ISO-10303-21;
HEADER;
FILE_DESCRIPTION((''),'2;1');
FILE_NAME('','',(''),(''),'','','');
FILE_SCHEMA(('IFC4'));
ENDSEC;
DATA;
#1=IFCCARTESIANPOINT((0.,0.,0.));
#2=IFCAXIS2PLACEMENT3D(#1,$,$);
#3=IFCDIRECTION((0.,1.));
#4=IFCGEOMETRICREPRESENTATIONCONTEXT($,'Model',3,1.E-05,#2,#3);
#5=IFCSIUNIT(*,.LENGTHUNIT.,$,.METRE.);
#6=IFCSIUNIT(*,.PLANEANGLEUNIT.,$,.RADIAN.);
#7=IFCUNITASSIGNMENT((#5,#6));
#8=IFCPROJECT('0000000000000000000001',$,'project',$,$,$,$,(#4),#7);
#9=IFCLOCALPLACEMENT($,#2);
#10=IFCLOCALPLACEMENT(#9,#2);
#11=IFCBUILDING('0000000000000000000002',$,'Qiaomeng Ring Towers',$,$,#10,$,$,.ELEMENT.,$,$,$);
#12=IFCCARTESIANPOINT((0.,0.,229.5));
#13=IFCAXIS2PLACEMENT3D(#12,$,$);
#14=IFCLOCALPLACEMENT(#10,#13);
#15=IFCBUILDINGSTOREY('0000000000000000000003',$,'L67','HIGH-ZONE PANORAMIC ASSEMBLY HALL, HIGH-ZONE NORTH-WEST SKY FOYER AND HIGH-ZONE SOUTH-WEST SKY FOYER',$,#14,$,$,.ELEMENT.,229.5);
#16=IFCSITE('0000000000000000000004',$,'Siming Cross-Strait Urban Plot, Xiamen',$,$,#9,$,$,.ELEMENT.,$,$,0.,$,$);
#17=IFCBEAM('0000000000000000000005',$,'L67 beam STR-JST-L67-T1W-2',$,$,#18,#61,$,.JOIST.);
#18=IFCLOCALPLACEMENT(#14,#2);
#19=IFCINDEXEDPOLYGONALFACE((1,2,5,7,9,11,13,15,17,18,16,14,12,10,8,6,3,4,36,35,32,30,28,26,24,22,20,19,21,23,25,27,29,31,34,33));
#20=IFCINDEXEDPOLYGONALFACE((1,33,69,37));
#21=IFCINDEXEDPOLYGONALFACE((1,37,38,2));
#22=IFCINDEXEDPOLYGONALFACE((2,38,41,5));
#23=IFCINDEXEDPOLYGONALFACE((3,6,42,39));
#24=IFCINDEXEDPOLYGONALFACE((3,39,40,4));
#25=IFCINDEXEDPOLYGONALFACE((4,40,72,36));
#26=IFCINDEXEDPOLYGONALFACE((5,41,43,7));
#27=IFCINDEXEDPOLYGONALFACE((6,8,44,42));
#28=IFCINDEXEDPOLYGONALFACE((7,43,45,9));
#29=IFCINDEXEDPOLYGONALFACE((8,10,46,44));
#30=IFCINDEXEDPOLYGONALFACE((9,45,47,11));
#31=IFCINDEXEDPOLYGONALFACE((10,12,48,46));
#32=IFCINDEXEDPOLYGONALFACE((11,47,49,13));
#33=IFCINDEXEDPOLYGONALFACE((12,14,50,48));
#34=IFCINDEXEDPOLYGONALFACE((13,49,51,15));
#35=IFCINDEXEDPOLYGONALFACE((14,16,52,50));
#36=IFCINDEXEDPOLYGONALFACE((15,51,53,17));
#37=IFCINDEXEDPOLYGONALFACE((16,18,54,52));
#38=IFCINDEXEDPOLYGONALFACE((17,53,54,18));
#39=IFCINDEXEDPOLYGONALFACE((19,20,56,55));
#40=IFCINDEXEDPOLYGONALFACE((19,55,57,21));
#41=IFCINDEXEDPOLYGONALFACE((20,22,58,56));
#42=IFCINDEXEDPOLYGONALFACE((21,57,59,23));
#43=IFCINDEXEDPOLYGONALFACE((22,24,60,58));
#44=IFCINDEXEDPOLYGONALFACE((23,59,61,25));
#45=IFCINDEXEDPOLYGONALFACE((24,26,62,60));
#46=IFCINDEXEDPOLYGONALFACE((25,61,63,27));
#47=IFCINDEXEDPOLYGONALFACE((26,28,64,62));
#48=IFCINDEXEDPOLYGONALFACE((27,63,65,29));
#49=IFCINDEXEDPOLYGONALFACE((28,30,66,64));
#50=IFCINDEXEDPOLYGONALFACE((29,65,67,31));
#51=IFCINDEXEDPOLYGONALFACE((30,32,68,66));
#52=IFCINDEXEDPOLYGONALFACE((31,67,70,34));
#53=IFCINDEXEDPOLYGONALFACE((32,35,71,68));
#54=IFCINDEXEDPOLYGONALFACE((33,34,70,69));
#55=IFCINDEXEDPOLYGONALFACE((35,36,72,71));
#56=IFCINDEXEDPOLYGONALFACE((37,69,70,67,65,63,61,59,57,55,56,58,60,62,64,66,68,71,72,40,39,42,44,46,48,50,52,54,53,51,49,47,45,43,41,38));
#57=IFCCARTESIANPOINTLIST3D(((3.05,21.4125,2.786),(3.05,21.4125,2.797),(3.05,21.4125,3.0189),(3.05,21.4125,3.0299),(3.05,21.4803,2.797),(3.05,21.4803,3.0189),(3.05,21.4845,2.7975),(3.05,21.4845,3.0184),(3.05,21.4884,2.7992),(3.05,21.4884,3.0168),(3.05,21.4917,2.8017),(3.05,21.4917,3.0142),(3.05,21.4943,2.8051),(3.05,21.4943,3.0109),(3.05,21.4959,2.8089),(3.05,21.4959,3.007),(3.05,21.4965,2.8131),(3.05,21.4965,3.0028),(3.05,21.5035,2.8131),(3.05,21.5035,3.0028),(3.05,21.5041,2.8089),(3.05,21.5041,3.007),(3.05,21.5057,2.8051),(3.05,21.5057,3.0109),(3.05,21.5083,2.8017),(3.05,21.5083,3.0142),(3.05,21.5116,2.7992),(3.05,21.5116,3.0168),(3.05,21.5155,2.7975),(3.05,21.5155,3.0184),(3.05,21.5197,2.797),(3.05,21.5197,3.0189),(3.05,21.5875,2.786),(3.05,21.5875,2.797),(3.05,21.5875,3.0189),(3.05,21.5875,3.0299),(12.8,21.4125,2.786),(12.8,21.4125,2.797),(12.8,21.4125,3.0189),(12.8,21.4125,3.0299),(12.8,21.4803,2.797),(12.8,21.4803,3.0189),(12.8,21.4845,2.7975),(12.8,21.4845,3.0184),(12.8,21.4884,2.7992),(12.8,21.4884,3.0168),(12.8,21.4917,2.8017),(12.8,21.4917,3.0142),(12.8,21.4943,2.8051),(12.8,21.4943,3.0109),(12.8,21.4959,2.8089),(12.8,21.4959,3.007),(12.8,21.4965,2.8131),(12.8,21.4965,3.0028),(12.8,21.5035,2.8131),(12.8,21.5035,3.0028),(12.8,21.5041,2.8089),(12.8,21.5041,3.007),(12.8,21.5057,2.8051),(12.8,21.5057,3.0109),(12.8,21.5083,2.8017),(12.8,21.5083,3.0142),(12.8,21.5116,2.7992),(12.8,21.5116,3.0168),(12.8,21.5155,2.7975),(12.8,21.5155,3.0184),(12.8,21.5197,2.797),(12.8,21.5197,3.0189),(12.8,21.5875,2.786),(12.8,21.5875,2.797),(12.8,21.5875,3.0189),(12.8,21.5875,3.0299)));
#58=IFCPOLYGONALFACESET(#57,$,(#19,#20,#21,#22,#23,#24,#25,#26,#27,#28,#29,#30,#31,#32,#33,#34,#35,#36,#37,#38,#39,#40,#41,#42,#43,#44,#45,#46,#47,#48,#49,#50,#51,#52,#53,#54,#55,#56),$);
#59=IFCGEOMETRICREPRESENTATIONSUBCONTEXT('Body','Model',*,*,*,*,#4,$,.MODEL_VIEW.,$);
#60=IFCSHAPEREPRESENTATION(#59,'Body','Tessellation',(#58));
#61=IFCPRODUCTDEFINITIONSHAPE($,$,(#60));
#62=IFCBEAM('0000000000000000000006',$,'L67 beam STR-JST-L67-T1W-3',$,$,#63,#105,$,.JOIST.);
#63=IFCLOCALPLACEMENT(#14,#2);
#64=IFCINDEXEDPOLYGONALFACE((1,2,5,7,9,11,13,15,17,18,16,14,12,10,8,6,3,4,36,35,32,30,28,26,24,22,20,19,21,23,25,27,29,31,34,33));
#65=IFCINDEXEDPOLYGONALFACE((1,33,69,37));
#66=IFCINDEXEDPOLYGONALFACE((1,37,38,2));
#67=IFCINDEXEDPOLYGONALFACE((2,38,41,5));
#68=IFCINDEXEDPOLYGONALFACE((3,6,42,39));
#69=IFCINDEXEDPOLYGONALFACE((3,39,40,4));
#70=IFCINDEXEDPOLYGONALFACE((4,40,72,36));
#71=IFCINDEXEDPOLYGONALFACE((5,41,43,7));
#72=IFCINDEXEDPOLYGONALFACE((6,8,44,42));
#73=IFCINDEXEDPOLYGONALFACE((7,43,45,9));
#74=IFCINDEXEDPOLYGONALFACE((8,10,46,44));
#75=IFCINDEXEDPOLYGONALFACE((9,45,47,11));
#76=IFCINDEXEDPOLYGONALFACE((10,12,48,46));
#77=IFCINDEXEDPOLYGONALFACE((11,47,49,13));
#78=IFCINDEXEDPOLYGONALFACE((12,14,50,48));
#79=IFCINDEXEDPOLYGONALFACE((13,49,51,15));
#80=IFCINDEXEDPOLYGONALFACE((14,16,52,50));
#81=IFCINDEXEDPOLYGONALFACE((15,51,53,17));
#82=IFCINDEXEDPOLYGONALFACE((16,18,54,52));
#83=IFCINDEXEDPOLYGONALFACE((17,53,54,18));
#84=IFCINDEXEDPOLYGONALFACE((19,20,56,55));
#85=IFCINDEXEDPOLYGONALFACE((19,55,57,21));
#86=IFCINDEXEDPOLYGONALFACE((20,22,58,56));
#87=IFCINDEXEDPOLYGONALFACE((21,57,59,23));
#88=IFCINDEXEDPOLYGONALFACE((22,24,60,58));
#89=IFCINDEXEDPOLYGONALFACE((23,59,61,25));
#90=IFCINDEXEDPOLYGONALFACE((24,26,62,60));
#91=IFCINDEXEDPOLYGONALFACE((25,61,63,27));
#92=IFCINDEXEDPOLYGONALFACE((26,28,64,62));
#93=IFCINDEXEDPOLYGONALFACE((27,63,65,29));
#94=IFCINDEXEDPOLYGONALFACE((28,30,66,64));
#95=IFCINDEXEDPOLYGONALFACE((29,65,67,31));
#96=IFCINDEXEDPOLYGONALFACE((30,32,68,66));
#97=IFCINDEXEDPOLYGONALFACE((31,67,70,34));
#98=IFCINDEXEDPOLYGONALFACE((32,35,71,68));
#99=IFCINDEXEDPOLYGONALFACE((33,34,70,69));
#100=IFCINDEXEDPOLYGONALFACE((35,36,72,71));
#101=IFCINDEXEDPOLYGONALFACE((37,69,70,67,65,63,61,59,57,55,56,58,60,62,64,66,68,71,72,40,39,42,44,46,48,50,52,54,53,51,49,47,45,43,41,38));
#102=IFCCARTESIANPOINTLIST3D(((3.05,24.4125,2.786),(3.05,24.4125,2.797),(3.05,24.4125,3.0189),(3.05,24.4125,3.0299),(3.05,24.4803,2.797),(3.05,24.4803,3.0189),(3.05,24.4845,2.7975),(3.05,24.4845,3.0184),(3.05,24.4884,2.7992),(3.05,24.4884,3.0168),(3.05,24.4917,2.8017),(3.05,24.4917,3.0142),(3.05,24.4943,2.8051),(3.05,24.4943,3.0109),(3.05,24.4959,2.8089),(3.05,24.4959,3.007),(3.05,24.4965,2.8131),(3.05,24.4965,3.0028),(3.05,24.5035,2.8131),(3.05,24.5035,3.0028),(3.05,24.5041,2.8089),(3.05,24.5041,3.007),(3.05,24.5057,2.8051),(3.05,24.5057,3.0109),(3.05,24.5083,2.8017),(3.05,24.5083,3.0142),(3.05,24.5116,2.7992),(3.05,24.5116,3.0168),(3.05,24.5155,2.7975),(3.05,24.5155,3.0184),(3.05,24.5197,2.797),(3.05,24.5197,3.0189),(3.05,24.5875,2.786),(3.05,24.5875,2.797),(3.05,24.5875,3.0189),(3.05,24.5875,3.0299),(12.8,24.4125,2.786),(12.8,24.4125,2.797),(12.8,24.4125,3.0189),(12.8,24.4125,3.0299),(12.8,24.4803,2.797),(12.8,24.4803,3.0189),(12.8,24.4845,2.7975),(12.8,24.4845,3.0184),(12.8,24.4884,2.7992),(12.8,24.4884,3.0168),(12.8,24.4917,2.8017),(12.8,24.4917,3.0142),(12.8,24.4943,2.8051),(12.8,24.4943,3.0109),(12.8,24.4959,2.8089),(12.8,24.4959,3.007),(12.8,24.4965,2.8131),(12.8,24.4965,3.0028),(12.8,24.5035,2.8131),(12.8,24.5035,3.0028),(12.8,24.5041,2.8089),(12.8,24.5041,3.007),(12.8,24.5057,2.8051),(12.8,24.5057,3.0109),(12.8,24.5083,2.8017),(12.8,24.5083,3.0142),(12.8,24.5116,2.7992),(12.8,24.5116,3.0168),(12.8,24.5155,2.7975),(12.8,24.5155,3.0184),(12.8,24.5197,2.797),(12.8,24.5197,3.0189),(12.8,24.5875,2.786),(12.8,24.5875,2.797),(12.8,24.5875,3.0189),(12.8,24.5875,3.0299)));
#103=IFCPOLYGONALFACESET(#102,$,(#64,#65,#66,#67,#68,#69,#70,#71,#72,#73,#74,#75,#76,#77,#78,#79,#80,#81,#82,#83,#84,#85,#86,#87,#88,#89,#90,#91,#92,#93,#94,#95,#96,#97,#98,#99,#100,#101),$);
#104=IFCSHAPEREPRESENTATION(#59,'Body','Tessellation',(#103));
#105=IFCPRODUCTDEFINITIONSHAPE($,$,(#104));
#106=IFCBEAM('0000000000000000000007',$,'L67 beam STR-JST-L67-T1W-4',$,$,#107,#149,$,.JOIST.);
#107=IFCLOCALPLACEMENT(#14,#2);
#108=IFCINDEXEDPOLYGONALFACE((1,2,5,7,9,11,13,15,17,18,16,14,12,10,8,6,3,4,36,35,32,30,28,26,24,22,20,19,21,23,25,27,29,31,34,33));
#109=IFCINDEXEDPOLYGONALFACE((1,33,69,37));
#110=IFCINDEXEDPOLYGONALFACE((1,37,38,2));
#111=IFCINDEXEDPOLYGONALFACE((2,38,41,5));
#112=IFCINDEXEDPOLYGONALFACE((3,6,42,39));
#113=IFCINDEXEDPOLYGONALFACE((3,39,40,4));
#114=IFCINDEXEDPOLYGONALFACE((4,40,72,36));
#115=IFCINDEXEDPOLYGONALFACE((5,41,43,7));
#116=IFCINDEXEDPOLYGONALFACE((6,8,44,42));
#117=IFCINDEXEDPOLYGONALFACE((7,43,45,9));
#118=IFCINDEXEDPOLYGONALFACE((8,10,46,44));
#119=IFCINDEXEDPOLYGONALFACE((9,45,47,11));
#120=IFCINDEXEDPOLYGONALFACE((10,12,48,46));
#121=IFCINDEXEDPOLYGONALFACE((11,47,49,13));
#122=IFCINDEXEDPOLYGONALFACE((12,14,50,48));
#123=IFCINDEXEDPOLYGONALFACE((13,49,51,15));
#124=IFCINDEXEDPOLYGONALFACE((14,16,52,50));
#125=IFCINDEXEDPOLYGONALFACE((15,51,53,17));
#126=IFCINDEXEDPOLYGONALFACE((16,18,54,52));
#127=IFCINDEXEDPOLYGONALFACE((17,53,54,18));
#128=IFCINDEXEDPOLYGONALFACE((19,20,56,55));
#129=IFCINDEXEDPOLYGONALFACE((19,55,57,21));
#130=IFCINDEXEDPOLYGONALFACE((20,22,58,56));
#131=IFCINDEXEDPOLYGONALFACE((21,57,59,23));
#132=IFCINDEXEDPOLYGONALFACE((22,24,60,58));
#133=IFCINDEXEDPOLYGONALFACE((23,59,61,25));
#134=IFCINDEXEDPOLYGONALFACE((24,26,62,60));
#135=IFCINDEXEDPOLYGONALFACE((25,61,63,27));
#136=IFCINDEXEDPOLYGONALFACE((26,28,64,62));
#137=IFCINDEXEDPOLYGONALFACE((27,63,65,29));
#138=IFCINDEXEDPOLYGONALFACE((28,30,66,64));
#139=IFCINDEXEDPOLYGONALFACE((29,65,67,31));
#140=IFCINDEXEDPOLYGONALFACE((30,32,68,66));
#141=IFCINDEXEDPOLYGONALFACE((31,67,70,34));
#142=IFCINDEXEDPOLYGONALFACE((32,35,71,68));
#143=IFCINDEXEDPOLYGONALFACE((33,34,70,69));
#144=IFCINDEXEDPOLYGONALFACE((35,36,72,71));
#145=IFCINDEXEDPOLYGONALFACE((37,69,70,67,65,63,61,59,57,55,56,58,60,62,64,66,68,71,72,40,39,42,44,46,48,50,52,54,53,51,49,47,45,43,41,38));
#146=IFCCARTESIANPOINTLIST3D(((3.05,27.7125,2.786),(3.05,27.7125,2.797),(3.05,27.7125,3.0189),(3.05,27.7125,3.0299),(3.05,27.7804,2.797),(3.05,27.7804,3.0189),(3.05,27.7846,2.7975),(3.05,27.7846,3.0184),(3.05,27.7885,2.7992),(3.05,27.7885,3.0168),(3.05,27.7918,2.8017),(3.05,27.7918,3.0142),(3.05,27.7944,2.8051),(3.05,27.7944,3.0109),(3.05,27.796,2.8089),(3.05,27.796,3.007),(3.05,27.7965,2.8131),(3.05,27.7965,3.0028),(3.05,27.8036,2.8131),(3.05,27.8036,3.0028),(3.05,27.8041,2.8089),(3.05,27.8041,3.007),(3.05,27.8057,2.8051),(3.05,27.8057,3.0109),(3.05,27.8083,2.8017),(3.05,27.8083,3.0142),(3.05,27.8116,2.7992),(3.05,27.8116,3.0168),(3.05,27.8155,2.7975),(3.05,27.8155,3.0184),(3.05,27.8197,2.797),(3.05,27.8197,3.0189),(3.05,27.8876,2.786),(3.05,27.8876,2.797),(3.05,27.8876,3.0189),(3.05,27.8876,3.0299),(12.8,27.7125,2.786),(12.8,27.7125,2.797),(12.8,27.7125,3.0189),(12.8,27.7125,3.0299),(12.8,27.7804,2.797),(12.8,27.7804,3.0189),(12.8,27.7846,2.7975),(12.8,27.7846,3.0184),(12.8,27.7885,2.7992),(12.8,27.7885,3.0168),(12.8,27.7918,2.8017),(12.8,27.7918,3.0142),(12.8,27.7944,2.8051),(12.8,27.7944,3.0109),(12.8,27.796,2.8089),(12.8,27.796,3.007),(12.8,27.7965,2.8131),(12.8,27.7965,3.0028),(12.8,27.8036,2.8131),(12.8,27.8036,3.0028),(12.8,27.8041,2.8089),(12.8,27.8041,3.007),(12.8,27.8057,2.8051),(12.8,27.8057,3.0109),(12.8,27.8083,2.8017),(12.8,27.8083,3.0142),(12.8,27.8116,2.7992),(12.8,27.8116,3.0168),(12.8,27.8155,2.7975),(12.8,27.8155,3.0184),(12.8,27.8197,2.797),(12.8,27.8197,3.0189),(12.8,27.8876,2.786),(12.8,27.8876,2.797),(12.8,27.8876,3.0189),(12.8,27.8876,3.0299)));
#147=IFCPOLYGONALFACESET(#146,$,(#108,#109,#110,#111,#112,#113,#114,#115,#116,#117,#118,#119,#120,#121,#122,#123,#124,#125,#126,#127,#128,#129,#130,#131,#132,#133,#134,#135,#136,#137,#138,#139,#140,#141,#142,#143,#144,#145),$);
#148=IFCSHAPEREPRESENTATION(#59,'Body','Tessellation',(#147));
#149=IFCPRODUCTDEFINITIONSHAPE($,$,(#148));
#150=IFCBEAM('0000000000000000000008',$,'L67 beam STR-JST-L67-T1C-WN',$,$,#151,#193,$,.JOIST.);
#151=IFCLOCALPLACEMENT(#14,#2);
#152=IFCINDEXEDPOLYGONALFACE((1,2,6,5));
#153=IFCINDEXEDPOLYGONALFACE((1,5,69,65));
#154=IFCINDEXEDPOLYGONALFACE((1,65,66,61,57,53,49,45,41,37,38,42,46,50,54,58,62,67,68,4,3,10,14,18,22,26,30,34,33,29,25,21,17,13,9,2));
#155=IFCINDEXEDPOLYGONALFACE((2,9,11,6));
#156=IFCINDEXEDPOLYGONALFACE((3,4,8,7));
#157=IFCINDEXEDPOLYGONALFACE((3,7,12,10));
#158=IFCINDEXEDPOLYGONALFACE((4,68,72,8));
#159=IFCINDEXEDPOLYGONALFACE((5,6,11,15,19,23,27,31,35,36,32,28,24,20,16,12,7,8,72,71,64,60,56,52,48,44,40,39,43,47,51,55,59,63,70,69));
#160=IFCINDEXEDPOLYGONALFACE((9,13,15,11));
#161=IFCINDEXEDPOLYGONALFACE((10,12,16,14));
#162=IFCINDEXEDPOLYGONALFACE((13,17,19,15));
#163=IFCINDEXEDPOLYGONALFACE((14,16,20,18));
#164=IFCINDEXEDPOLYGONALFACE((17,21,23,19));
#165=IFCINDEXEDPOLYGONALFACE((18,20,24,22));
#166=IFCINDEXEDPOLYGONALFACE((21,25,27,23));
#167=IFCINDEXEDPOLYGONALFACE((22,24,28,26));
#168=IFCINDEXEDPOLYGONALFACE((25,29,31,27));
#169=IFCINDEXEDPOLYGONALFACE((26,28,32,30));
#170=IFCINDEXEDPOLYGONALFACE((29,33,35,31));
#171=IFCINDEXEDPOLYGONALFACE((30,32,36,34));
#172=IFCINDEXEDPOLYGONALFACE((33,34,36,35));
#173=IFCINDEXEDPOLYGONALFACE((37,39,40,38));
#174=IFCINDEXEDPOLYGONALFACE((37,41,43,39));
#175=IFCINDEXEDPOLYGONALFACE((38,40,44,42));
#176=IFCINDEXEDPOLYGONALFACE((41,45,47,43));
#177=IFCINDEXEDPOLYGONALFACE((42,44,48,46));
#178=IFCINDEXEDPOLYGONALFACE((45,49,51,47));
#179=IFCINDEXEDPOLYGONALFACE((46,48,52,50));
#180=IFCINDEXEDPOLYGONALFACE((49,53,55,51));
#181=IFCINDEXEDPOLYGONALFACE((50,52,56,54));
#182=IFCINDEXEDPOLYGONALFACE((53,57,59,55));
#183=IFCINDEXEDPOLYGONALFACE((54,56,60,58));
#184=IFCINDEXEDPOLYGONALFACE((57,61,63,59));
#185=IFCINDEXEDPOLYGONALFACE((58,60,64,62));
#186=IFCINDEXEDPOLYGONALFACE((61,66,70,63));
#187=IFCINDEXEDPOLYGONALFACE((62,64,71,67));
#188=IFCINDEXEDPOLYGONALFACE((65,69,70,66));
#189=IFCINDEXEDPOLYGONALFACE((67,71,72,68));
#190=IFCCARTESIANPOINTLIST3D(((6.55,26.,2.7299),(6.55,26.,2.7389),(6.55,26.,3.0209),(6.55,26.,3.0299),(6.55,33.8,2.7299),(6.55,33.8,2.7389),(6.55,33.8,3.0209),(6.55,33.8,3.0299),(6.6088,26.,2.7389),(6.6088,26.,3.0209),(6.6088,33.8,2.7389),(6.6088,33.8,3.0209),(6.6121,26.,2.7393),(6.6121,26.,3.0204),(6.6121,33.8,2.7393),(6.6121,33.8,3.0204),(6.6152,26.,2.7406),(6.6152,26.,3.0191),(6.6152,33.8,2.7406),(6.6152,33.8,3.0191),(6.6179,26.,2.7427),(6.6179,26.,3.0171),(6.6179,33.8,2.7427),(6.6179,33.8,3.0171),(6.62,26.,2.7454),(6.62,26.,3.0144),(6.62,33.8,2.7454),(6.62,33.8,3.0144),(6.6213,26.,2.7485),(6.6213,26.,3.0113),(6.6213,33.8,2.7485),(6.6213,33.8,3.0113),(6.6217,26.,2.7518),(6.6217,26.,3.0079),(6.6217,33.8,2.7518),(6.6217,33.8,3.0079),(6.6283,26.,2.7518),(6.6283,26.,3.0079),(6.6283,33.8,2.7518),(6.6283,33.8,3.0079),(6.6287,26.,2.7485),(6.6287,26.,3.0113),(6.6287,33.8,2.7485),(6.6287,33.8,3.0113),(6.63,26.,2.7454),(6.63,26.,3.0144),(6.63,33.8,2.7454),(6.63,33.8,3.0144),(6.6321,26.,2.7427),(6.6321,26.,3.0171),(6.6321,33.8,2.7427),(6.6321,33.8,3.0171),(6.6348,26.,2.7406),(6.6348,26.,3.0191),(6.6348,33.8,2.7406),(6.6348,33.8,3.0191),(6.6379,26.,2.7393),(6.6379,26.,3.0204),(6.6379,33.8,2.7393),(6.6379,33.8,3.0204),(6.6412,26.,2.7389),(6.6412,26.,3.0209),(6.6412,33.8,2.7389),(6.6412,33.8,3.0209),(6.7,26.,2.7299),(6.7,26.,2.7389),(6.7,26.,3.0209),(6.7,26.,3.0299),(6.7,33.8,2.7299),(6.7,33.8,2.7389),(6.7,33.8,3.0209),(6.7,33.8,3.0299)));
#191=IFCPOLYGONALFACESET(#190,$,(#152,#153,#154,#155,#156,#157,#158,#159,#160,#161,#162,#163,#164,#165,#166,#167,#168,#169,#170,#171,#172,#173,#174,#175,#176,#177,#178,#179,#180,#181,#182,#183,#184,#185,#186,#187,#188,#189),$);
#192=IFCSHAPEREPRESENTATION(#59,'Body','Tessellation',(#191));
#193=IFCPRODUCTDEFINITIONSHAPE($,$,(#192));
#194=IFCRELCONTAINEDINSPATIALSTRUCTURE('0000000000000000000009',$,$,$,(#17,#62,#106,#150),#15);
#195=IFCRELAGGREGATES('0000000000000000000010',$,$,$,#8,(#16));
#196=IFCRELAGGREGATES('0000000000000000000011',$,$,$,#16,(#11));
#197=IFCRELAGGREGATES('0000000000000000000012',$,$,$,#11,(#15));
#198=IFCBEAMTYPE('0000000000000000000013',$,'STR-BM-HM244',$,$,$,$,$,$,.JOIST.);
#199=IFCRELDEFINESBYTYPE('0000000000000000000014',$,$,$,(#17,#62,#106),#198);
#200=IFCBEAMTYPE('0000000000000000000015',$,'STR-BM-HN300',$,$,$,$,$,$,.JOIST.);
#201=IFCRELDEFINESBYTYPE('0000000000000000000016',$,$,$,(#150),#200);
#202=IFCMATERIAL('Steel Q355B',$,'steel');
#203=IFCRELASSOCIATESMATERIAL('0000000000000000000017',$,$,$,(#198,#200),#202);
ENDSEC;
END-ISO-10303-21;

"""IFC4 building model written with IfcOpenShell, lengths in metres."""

from ifc_helpers import new_model, si_unit, direction, frame, origin, origin_2d, place, context, subcontext, project, spatial, i_section, extrude, source, transform, mapped, material, material_profile, profile_set, type_object, element, save


model = new_model("IFC4")

# Units and contexts
model_context = context("Model", 3, precision=1e-05, world=origin(), true_north=direction((0.0, 1.0)))
body_context = subcontext(model_context, "Body", "Model", "MODEL_VIEW")
ifc_project = project(units=[si_unit("LENGTHUNIT", "METRE"), si_unit("PLANEANGLEUNIT", "RADIAN")], contexts=[model_context])

# Site, building, storey
site_placement = place(None, origin())
site = spatial("IfcSite", under=ifc_project, at=site_placement, Name="Siming Cross-Strait Urban Plot, Xiamen", CompositionType="ELEMENT", RefElevation=0.0)
building_placement = place(site_placement, origin())
building = spatial("IfcBuilding", under=site, at=building_placement, Name="Qiaomeng Ring Towers", CompositionType="ELEMENT")
storey_placement = place(building_placement, frame((0.0, 0.0, 229.5)))
storey = spatial("IfcBuildingStorey", under=building, at=storey_placement, Name="L67", Description="HIGH-ZONE PANORAMIC ASSEMBLY HALL, HIGH-ZONE NORTH-WEST SKY FOYER AND HIGH-ZONE SOUTH-WEST SKY FOYER", CompositionType="ELEMENT", Elevation=229.5)

# Beams
ifc_material_1 = material(Name="Steel Q355B", Category="steel")
ifc_material_profile_1 = material_profile(ifc_material_1, i_section(OverallWidth=0.175, OverallDepth=0.2439, WebThickness=0.0071, FlangeThickness=0.011, FilletRadius=0.0161, at=origin_2d()), Name="HM 244x175x7x11")
ifc_profile_set_1 = profile_set([ifc_material_profile_1], Name="Steel Q355B")
beam_type_1 = type_object("IfcBeamType", Name="STR-BM-HM244", PredefinedType="JOIST", material=ifc_profile_set_1)
shared_shape_1 = source(origin(), body_context, "Body", "SweptSolid", [
    extrude(i_section(OverallWidth=0.175, OverallDepth=0.2439, WebThickness=0.0071, FlangeThickness=0.011, FilletRadius=0.0161, at=origin_2d()), origin(), (0.0, 0.0, 1.0), 9.75),
])
for number, where, z_axis, x_axis, name in (
    (1, (3.05, 21.5, 2.908), (1.0, 0.0, 0.0), (0.0, 1.0, 0.0), "L67 beam STR-JST-L67-T1W-2"),
    (2, (3.05, 24.5, 2.908), (1.0, 0.0, 0.0), (0.0, 1.0, 0.0), "L67 beam STR-JST-L67-T1W-3"),
    (3, (3.05, 27.8, 2.908), (1.0, 0.0, 0.0), (0.0, 1.0, 0.0), "L67 beam STR-JST-L67-T1W-4"),
):
    element("IfcBeam", number, at=place(storey_placement, frame(where, z_axis=z_axis, x_axis=x_axis)), inside=storey, type_object=beam_type_1, Name=name, PredefinedType="JOIST", context=body_context, shape_type="MappedRepresentation", body=[
        mapped(shared_shape_1, transform((0.0, 0.0, 0.0), x_axis=(1.0, 0.0, 0.0), y_axis=(0.0, 1.0, 0.0), z_axis=(0.0, 0.0, 1.0), scale=1.0)),
    ])
ifc_material_profile_2 = material_profile(ifc_material_1, i_section(OverallWidth=0.1499, OverallDepth=0.3, WebThickness=0.0066, FlangeThickness=0.009, FilletRadius=0.0129, at=origin_2d()), Name="HN 300x150x6.5x9")
ifc_profile_set_2 = profile_set([ifc_material_profile_2], Name="Steel Q355B")
beam_type_2 = type_object("IfcBeamType", Name="STR-BM-HN300", PredefinedType="JOIST", material=ifc_profile_set_2)
shared_shape_2 = source(origin(), body_context, "Body", "SweptSolid", [
    extrude(i_section(OverallWidth=0.1499, OverallDepth=0.3, WebThickness=0.0066, FlangeThickness=0.009, FilletRadius=0.0129, at=origin_2d()), origin(), (0.0, 0.0, 1.0), 7.8),
])
beam_1_placement = place(storey_placement, frame((6.625, 26.0, 2.8799), z_axis=(0.0, 1.0, 0.0), x_axis=(-1.0, 0.0, 0.0)))
element("IfcBeam", 4, at=beam_1_placement, inside=storey, type_object=beam_type_2, Name="L67 beam STR-JST-L67-T1C-WN", PredefinedType="JOIST", context=body_context, shape_type="MappedRepresentation", body=[
    mapped(shared_shape_2, transform((0.0, 0.0, 0.0), x_axis=(1.0, 0.0, 0.0), y_axis=(0.0, 1.0, 0.0), z_axis=(0.0, 0.0, 1.0), scale=1.0)),
])

save(model, "model.ifc")
